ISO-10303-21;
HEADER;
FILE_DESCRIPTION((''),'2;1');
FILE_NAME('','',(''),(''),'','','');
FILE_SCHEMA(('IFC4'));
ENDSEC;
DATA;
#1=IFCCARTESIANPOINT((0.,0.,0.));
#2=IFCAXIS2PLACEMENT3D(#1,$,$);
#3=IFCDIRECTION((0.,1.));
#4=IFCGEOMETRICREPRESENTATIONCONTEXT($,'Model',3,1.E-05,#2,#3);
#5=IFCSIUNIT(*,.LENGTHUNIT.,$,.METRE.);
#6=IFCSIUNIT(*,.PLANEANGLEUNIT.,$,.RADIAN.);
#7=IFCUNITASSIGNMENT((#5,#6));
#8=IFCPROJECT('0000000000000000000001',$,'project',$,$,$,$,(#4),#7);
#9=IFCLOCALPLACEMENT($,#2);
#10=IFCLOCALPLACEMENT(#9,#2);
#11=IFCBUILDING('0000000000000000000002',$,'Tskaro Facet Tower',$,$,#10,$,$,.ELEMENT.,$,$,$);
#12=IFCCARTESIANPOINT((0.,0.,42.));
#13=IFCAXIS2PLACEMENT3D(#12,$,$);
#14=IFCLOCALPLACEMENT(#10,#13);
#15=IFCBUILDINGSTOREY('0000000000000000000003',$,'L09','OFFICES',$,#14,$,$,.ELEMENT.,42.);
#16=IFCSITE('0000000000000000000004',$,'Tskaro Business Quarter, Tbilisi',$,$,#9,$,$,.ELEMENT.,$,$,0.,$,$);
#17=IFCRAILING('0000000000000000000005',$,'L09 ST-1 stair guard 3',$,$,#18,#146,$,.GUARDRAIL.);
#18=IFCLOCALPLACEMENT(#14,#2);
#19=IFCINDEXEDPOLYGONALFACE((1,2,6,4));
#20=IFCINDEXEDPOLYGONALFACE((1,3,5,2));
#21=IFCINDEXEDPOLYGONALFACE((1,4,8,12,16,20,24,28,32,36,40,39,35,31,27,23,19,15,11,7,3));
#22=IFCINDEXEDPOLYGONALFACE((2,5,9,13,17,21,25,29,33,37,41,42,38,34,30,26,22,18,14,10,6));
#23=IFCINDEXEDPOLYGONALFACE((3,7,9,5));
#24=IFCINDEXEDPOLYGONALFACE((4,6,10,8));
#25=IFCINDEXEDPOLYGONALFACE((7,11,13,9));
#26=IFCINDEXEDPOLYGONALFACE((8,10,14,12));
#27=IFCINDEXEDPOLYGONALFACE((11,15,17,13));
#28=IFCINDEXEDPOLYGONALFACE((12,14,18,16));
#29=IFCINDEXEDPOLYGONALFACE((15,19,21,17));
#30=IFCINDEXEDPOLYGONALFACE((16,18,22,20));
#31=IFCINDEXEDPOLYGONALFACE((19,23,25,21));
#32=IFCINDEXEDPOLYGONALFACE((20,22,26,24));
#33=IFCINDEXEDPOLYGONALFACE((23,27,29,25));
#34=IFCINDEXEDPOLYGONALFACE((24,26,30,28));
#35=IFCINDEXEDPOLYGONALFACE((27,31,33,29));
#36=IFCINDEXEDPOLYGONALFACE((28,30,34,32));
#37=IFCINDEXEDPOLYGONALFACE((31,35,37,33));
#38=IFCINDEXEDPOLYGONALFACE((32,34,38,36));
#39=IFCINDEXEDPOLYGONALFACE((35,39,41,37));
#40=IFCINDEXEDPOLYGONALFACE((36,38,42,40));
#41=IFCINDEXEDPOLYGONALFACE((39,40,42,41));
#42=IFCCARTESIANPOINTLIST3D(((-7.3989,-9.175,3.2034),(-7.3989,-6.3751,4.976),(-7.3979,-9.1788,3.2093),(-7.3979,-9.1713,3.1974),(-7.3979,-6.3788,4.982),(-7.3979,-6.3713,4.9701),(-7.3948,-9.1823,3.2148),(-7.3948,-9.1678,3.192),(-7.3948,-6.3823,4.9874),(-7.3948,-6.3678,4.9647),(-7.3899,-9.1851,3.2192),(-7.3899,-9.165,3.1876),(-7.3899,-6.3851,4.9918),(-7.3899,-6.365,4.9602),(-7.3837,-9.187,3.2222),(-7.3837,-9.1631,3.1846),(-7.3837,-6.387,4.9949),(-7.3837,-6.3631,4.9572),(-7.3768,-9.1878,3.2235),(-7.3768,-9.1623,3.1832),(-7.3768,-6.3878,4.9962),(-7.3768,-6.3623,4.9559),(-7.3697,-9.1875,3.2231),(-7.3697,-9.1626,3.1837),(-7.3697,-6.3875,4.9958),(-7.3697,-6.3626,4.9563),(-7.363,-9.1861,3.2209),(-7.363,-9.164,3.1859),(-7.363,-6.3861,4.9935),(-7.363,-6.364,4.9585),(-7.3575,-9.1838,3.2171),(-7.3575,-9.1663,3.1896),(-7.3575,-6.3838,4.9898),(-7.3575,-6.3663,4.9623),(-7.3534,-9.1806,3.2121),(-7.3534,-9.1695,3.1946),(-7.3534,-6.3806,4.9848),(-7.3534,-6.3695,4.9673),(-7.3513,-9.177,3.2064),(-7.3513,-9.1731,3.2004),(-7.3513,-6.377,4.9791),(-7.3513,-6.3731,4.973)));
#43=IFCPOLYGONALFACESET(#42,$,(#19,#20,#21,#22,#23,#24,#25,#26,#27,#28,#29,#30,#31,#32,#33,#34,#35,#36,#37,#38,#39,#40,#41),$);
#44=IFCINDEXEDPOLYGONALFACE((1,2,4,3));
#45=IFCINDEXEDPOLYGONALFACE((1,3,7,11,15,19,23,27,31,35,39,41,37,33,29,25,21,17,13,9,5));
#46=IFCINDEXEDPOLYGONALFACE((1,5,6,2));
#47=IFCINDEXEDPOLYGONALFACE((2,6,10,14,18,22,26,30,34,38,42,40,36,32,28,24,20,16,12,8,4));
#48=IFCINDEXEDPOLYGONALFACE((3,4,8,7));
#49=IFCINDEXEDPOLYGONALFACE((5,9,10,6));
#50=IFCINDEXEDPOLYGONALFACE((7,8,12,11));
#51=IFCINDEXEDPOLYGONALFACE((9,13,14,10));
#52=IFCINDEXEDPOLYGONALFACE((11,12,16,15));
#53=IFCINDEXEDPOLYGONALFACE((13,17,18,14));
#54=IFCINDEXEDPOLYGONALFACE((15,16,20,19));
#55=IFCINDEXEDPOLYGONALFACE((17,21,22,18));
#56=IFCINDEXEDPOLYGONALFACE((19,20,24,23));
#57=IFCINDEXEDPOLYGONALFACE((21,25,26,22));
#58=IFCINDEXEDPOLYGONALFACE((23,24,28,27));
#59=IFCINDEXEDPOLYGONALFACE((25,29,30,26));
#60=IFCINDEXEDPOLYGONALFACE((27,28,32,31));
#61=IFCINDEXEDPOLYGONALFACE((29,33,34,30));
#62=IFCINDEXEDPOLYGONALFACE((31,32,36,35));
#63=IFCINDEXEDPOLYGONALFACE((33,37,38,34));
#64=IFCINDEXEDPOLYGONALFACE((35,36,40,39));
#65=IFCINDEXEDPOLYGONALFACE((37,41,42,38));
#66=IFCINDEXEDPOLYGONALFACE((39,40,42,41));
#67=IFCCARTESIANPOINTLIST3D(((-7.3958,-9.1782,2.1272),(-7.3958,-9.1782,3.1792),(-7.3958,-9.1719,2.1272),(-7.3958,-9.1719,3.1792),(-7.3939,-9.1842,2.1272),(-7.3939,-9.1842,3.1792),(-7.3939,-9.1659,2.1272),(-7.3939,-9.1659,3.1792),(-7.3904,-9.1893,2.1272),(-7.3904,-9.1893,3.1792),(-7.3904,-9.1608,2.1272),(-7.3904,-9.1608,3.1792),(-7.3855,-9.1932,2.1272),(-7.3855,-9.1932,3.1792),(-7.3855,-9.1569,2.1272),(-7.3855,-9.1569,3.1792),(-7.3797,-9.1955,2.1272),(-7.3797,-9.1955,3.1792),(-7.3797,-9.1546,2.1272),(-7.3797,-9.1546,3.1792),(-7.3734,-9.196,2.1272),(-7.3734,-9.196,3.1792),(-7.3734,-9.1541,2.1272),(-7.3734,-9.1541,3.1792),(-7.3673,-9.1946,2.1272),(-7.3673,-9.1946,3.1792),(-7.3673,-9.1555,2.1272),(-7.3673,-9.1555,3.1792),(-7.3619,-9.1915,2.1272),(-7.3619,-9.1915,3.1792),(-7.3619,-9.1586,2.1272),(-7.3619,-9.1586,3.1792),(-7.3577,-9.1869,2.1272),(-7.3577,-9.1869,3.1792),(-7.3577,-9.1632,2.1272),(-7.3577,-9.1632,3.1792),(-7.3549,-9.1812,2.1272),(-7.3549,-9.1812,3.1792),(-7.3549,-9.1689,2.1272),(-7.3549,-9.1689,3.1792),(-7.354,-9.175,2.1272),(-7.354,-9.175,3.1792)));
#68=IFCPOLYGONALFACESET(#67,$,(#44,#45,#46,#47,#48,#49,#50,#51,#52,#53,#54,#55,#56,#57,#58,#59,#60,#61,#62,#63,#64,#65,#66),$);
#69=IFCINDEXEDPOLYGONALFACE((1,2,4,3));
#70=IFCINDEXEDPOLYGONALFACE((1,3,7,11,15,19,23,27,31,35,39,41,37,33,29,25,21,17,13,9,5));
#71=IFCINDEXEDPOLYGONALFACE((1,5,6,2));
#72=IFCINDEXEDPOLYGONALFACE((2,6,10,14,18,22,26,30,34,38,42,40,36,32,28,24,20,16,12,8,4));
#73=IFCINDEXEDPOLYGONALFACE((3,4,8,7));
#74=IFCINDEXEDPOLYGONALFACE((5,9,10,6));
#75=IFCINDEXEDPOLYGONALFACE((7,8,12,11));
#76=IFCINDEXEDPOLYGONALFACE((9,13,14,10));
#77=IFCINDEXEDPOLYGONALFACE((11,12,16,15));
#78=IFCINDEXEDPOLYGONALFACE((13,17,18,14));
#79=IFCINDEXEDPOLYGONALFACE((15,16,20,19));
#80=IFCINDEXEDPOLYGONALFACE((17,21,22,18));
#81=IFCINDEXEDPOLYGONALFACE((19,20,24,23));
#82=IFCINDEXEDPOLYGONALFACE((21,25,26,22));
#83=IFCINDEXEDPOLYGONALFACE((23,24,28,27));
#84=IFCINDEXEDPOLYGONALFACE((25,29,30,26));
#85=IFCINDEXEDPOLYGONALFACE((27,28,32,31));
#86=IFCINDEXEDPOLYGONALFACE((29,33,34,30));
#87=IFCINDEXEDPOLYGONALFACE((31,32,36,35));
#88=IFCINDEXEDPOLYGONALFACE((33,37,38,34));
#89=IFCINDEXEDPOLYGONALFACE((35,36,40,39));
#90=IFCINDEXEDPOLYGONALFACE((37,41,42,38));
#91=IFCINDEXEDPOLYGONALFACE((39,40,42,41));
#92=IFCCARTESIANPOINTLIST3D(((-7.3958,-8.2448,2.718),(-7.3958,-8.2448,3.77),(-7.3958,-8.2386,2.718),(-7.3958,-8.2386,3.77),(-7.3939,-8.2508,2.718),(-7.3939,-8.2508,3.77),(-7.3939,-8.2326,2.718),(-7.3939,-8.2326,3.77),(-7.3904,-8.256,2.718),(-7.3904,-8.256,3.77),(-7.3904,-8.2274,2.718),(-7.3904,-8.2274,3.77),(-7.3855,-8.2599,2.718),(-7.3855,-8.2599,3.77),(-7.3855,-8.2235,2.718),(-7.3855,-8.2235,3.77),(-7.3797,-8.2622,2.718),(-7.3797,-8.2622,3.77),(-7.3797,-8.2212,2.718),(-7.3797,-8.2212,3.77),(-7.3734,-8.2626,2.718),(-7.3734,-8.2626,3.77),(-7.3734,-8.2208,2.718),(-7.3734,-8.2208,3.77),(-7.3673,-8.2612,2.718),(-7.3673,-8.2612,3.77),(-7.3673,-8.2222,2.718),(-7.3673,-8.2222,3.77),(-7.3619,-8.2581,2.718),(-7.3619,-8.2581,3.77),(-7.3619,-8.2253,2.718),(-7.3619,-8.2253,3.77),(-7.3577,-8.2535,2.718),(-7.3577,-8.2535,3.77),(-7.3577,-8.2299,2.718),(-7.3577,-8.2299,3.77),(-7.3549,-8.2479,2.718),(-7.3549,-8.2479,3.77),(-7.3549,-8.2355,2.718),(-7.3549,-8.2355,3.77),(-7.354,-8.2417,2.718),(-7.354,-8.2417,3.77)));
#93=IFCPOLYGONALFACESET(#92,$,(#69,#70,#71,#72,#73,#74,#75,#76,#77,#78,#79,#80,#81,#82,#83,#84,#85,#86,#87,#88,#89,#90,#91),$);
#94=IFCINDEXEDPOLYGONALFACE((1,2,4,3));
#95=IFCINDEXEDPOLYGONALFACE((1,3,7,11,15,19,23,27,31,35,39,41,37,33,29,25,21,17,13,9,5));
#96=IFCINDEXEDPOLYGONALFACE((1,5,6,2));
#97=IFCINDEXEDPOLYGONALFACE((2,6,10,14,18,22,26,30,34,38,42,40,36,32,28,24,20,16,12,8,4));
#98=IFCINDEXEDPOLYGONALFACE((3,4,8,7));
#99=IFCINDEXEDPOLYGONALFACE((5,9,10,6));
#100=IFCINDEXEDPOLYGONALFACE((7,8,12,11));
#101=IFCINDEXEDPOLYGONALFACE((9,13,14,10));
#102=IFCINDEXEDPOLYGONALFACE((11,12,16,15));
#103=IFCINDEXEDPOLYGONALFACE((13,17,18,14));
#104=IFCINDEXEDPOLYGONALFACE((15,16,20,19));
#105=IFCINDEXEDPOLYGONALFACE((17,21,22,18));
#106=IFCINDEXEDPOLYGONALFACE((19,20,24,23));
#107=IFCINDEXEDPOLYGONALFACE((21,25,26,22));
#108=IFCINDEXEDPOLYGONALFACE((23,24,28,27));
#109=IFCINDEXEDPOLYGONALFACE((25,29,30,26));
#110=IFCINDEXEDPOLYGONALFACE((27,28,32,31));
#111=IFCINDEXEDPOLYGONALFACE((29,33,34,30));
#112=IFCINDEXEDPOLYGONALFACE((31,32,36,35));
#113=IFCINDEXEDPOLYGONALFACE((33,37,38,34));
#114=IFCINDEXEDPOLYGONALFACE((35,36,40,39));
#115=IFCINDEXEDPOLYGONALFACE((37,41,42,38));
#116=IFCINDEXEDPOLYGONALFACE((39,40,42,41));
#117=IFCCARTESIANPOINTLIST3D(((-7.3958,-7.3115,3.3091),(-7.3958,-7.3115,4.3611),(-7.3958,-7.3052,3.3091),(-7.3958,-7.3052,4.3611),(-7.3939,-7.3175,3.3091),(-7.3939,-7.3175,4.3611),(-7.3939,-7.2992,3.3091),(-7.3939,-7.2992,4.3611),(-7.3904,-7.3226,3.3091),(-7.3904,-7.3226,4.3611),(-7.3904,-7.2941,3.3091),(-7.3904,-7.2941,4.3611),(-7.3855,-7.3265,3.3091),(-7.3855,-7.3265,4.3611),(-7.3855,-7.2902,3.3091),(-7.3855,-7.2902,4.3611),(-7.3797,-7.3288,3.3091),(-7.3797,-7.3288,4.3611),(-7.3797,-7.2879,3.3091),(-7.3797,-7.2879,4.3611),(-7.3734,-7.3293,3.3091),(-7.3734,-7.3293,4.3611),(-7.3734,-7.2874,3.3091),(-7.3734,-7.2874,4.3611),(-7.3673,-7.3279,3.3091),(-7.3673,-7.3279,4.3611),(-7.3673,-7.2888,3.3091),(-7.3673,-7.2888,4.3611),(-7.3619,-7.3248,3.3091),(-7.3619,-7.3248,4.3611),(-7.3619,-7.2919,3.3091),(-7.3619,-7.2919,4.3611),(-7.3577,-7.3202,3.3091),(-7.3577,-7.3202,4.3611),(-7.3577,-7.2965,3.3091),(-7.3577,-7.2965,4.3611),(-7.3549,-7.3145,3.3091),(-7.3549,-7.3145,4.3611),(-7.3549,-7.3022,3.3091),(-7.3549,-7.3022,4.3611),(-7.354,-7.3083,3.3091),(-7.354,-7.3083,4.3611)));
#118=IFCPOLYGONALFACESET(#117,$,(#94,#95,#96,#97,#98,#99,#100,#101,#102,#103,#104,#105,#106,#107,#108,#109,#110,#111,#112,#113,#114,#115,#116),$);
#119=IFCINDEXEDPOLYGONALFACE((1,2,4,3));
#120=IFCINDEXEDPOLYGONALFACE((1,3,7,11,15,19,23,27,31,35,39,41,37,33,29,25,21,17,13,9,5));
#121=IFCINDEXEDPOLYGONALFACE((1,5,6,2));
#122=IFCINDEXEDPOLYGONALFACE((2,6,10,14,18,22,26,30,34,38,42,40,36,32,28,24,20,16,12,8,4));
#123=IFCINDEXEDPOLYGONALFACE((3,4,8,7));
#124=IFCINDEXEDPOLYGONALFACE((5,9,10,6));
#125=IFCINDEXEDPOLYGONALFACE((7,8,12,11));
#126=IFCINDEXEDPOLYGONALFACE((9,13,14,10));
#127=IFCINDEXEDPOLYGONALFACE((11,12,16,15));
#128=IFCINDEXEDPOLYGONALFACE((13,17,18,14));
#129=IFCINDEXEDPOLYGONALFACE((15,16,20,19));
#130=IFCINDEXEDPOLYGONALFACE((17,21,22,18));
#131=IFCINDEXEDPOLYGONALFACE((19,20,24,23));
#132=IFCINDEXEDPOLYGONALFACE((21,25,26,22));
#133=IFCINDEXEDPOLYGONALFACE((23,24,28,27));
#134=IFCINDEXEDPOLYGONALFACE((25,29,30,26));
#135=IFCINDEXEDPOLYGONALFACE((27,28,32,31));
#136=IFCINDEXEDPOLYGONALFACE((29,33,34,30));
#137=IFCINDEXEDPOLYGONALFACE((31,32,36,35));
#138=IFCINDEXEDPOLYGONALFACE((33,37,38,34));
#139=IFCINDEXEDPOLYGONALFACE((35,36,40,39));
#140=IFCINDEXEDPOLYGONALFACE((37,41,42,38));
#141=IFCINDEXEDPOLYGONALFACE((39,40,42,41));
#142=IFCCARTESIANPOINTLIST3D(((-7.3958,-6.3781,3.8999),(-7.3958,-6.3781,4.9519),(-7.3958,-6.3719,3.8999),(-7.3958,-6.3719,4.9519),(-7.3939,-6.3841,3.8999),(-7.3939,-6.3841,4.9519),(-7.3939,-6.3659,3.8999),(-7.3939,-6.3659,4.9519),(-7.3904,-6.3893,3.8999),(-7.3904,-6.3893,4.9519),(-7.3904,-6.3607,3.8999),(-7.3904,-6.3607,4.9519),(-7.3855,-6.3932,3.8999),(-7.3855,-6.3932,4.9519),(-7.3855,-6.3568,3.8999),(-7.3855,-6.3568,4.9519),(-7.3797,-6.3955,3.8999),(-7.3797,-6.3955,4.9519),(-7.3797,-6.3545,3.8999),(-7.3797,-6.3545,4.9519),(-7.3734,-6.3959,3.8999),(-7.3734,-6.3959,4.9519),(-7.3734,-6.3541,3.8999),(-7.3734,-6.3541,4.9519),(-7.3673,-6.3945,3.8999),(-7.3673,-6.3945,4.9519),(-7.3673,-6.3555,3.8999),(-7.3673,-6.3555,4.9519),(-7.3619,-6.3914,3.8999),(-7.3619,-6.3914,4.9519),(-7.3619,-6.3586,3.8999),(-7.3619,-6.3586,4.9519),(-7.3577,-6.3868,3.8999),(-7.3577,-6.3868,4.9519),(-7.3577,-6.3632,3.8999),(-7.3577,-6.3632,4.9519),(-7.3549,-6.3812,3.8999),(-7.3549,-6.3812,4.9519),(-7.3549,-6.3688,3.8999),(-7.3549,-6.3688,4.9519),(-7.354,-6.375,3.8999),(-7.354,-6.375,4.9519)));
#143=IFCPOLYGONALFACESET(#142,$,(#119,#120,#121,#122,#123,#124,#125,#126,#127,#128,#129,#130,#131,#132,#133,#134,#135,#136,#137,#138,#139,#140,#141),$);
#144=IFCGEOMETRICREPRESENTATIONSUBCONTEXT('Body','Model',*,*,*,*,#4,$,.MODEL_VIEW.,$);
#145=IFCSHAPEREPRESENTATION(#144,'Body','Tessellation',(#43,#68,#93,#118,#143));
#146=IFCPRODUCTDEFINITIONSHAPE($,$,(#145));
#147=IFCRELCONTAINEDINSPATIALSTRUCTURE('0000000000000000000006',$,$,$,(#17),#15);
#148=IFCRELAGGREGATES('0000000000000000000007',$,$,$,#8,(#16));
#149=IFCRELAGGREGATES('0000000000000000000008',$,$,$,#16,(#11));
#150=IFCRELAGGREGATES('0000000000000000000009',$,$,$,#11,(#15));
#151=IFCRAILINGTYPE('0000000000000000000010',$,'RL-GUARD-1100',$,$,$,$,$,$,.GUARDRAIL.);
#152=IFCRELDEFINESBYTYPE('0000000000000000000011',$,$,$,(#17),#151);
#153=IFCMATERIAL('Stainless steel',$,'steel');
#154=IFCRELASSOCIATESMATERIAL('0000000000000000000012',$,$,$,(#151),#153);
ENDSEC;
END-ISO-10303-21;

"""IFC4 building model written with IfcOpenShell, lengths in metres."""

from ifc_helpers import new_model, si_unit, direction, frame, origin, origin_2d, place, context, subcontext, project, spatial, circle, extrude, material, type_object, element, save


model = new_model("IFC4")

# Units and contexts
model_context = context("Model", 3, precision=1e-05, world=origin(), true_north=direction((0.0, 1.0)))
body_context = subcontext(model_context, "Body", "Model", "MODEL_VIEW")
ifc_project = project(units=[si_unit("LENGTHUNIT", "METRE"), si_unit("PLANEANGLEUNIT", "RADIAN")], contexts=[model_context])

# Site, building, storey
site_placement = place(None, origin())
site = spatial("IfcSite", under=ifc_project, at=site_placement, Name="Tskaro Business Quarter, Tbilisi", CompositionType="ELEMENT", RefElevation=0.0)
building_placement = place(site_placement, origin())
building = spatial("IfcBuilding", under=site, at=building_placement, Name="Tskaro Facet Tower", CompositionType="ELEMENT")
storey_placement = place(building_placement, frame((0.0, 0.0, 42.0)))
storey = spatial("IfcBuildingStorey", under=building, at=storey_placement, Name="L09", Description="OFFICES", CompositionType="ELEMENT", Elevation=42.0)

# Railing
ifc_material_1 = material(Name="Stainless steel", Category="steel")
railing_type = type_object("IfcRailingType", Name="RL-GUARD-1100", PredefinedType="GUARDRAIL", material=ifc_material_1)
railing_1_placement = place(storey_placement, frame((-7.375, -9.175, 2.1272)))
element("IfcRailing", 1, at=railing_1_placement, inside=storey, type_object=railing_type, Name="L09 ST-1 stair guard 3", PredefinedType="GUARDRAIL", context=body_context, shape_type="SweptSolid", body=[
    extrude(circle(Radius=0.0239, at=origin_2d()), frame((0.0, 0.0, 1.0762), z_axis=(0.0, 0.844909, 0.53491), x_axis=(-1.0, 0.0, 0.0)), (0.0, 0.0, 1.0), 3.314),
    extrude(circle(Radius=0.021, at=origin_2d()), origin(), (0.0, 0.0, 1.0), 1.052),
    extrude(circle(Radius=0.021, at=origin_2d()), frame((0.0, 0.9333, 0.5908)), (0.0, 0.0, 1.0), 1.052),
    extrude(circle(Radius=0.021, at=origin_2d()), frame((0.0, 1.8667, 1.1819)), (0.0, 0.0, 1.0), 1.052),
    extrude(circle(Radius=0.021, at=origin_2d()), frame((0.0, 2.8, 1.7727)), (0.0, 0.0, 1.0), 1.052),
])

save(model, "model.ifc")
